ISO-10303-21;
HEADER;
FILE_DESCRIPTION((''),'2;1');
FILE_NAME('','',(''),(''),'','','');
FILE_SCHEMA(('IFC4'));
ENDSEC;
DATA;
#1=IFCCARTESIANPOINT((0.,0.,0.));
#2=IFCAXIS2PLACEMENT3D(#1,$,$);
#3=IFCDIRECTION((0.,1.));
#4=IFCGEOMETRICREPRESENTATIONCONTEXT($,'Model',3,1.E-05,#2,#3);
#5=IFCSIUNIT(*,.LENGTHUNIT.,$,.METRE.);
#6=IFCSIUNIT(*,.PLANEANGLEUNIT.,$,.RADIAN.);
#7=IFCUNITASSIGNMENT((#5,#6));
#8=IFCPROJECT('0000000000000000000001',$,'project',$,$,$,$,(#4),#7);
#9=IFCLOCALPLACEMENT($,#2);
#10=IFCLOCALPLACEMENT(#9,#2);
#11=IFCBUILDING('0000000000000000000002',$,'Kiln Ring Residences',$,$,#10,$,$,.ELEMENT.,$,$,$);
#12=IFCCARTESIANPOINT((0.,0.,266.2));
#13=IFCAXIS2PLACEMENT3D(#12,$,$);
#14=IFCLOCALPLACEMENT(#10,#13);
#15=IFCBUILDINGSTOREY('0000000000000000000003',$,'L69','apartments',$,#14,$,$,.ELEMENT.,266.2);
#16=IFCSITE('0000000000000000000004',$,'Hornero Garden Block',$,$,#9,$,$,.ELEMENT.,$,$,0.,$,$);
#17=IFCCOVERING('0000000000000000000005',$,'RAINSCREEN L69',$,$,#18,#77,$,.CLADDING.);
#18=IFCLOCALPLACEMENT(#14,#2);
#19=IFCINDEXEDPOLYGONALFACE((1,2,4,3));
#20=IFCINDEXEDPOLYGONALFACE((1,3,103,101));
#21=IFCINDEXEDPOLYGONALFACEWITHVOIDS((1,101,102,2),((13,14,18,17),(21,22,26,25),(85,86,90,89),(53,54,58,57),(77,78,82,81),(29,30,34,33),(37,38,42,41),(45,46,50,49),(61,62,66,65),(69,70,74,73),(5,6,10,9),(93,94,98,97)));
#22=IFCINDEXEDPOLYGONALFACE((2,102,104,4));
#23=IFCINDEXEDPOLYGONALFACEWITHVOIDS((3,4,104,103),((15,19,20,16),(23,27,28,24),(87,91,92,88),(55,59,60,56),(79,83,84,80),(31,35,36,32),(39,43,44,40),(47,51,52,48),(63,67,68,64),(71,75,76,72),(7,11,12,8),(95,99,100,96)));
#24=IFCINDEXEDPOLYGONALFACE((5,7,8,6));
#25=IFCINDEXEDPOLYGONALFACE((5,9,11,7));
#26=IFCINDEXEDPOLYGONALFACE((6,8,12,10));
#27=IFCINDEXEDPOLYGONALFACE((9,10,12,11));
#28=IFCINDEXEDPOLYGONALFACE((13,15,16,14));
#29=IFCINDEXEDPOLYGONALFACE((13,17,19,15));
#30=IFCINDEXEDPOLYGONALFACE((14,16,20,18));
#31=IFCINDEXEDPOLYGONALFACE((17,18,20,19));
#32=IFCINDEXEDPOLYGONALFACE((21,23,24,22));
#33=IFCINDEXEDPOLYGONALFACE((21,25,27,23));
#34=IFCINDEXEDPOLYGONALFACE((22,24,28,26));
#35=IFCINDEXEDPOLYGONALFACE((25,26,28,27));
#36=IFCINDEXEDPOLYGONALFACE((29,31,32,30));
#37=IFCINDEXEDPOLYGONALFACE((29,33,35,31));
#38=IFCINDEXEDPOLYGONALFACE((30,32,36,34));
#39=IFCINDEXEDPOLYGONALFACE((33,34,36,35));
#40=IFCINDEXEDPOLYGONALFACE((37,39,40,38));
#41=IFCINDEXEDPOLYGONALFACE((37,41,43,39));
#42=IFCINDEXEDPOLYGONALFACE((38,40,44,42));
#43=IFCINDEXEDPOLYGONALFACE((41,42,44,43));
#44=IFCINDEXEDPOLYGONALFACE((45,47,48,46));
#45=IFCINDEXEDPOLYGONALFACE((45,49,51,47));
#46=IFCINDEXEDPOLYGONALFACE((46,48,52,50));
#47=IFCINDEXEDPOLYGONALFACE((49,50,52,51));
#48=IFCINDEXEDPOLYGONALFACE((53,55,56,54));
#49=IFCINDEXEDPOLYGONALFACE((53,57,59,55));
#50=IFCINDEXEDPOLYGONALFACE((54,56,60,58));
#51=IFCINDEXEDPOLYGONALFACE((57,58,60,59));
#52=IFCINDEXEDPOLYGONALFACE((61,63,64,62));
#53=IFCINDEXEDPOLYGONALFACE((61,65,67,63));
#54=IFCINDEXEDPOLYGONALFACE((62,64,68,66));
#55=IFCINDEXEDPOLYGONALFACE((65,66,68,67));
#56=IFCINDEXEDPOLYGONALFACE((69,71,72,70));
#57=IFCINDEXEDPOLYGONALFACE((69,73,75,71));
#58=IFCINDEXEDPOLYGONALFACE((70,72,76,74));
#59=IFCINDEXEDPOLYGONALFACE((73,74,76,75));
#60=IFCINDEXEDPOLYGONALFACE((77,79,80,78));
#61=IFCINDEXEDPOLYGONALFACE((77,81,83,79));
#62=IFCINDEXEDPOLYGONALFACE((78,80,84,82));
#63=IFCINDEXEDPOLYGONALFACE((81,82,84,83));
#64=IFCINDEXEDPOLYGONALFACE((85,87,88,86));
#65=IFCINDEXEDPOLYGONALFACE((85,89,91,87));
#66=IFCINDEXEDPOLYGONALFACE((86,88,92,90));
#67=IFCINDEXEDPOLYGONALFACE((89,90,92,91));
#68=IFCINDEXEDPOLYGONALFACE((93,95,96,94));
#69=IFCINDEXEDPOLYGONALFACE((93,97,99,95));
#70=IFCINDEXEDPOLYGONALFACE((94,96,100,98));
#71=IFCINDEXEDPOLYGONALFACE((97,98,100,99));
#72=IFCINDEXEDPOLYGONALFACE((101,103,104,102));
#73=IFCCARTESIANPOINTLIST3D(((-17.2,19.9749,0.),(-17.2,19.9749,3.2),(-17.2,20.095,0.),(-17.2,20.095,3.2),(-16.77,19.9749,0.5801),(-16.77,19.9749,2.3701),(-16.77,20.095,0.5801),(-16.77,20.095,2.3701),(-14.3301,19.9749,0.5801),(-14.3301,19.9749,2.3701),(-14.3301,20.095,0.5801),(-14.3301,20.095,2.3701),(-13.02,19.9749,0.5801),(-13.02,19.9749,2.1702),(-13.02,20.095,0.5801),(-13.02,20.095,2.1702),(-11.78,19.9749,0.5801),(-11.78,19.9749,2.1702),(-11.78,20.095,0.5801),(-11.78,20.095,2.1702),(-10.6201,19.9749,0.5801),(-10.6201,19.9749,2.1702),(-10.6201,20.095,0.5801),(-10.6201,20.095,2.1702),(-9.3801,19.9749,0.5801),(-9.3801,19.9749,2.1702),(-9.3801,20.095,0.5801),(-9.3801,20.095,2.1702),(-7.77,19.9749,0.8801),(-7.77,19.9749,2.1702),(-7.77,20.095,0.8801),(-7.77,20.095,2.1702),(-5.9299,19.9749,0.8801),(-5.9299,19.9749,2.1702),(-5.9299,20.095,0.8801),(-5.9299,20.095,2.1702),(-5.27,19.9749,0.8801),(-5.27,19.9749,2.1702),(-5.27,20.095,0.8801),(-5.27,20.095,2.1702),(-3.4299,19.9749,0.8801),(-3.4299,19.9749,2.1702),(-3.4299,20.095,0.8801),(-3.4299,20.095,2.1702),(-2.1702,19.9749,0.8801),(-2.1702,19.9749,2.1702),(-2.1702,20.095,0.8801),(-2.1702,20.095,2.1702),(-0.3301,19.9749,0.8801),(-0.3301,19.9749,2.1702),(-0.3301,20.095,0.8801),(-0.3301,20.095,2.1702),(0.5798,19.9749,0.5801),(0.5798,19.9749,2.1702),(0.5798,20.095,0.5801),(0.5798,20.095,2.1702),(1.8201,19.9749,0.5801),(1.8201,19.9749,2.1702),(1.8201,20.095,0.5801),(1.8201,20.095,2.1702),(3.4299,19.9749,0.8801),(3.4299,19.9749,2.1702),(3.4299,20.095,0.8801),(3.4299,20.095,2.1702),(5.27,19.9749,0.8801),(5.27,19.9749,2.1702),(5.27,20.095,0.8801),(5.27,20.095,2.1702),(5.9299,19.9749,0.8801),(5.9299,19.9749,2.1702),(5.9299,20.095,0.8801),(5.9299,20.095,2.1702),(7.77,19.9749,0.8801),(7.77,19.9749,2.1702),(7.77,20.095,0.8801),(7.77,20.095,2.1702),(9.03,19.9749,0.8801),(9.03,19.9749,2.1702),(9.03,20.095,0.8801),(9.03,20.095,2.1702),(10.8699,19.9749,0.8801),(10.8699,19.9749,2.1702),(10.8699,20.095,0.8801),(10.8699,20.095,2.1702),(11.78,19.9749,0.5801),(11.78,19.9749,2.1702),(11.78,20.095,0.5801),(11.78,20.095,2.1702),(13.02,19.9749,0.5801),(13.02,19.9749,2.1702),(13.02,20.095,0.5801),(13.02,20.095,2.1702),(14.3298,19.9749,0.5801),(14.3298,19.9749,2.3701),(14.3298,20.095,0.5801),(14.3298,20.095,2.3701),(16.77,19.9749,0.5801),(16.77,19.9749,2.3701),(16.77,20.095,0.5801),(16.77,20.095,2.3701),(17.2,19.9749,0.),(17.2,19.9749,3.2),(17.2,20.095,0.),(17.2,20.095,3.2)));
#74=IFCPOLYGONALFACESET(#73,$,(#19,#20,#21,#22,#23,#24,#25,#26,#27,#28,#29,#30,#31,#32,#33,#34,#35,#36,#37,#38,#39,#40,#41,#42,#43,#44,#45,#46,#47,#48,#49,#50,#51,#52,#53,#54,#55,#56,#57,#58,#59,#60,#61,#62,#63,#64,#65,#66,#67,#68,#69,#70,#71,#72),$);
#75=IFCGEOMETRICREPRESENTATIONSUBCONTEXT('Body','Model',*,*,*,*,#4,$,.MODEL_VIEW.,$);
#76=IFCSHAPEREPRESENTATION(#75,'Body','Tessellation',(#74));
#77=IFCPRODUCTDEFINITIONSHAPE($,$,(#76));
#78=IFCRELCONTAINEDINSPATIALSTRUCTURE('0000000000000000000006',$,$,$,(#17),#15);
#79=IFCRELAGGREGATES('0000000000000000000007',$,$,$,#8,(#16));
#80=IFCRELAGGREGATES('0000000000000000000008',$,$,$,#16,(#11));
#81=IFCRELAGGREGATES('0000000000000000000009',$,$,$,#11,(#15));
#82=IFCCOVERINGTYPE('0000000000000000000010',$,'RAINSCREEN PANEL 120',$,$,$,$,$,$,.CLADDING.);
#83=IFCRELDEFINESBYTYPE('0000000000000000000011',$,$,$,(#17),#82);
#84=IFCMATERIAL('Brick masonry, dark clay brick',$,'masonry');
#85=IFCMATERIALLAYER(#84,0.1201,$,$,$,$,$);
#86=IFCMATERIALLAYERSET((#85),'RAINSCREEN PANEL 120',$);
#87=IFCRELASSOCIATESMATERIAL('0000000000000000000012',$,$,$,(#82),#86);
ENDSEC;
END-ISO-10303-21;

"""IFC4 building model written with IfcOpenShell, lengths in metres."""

from ifc_helpers import new_model, si_unit, direction, frame, origin, place, context, subcontext, project, spatial, polyline, outline, extrude, material, layer, layer_set, type_object, element, save


model = new_model("IFC4")

# Units and contexts
model_context = context("Model", 3, precision=1e-05, world=origin(), true_north=direction((0.0, 1.0)))
body_context = subcontext(model_context, "Body", "Model", "MODEL_VIEW")
ifc_project = project(units=[si_unit("LENGTHUNIT", "METRE"), si_unit("PLANEANGLEUNIT", "RADIAN")], contexts=[model_context])

# Site, building, storey
site_placement = place(None, origin())
site = spatial("IfcSite", under=ifc_project, at=site_placement, Name="Hornero Garden Block", CompositionType="ELEMENT", RefElevation=0.0)
building_placement = place(site_placement, origin())
building = spatial("IfcBuilding", under=site, at=building_placement, Name="Kiln Ring Residences", CompositionType="ELEMENT")
storey_placement = place(building_placement, frame((0.0, 0.0, 266.2)))
storey = spatial("IfcBuildingStorey", under=building, at=storey_placement, Name="L69", Description="apartments", CompositionType="ELEMENT", Elevation=266.2)

# Covering
ifc_material_1 = material(Name="Brick masonry, dark clay brick", Category="masonry")
ifc_layer_1 = layer(ifc_material_1, 0.1201)
ifc_layer_set_1 = layer_set([ifc_layer_1], Name="RAINSCREEN PANEL 120")
covering_type_1 = type_object("IfcCoveringType", Name="RAINSCREEN PANEL 120", PredefinedType="CLADDING", material=ifc_layer_set_1)
covering_1_placement = place(storey_placement, frame((17.2, 20.0349, 0.0), z_axis=(0.0, 0.0, 1.0), x_axis=(-1.0, 0.0, 0.0)))
element("IfcCovering", 1, at=covering_1_placement, inside=storey, type_object=covering_type_1, Name="RAINSCREEN L69", PredefinedType="CLADDING", context=body_context, shape_type="SweptSolid", body=[
    extrude(outline(polyline([(0.0, 0.0), (34.3999, 0.0), (34.3999, 3.2), (0.0, 3.2), (0.0, 0.0)]), holes=[polyline([(4.1799, 0.5801), (5.4199, 0.5801), (5.4199, 2.1702), (4.1799, 2.1702), (4.1799, 0.5801)]), polyline([(15.3799, 2.1702), (15.3799, 0.5801), (16.6201, 0.5801), (16.6201, 2.1702), (15.3799, 2.1702)]), polyline([(0.4299, 2.3701), (0.4299, 0.5801), (2.8701, 0.5801), (2.8701, 2.3701), (0.4299, 2.3701)]), polyline([(6.3301, 0.8801), (8.1699, 0.8801), (8.1699, 2.1702), (6.3301, 2.1702), (6.3301, 0.8801)]), polyline([(9.4299, 2.1702), (9.4299, 0.8801), (11.27, 0.8801), (11.27, 2.1702), (9.4299, 2.1702)]), polyline([(11.9299, 2.1702), (11.9299, 0.8801), (13.77, 0.8801), (13.77, 2.1702), (11.9299, 2.1702)]), polyline([(26.5801, 0.5801), (27.8201, 0.5801), (27.8201, 2.1702), (26.5801, 2.1702), (26.5801, 0.5801)]), polyline([(28.98, 2.1702), (28.98, 0.5801), (30.22, 0.5801), (30.22, 2.1702), (28.98, 2.1702)]), polyline([(31.53, 2.3701), (31.53, 0.5801), (33.97, 0.5801), (33.97, 2.3701), (31.53, 2.3701)]), polyline([(17.53, 0.8801), (19.3701, 0.8801), (19.3701, 2.1702), (17.53, 2.1702), (17.53, 0.8801)]), polyline([(20.6299, 2.1702), (20.6299, 0.8801), (22.47, 0.8801), (22.47, 2.1702), (20.6299, 2.1702)]), polyline([(23.1299, 2.1702), (23.1299, 0.8801), (24.97, 0.8801), (24.97, 2.1702), (23.1299, 2.1702)])]), frame((0.0, 0.0601, 0.0), z_axis=(0.0, -1.0, 0.0), x_axis=(1.0, 0.0, 0.0)), (0.0, 0.0, 1.0), 0.1201),
])

save(model, "model.ifc")
